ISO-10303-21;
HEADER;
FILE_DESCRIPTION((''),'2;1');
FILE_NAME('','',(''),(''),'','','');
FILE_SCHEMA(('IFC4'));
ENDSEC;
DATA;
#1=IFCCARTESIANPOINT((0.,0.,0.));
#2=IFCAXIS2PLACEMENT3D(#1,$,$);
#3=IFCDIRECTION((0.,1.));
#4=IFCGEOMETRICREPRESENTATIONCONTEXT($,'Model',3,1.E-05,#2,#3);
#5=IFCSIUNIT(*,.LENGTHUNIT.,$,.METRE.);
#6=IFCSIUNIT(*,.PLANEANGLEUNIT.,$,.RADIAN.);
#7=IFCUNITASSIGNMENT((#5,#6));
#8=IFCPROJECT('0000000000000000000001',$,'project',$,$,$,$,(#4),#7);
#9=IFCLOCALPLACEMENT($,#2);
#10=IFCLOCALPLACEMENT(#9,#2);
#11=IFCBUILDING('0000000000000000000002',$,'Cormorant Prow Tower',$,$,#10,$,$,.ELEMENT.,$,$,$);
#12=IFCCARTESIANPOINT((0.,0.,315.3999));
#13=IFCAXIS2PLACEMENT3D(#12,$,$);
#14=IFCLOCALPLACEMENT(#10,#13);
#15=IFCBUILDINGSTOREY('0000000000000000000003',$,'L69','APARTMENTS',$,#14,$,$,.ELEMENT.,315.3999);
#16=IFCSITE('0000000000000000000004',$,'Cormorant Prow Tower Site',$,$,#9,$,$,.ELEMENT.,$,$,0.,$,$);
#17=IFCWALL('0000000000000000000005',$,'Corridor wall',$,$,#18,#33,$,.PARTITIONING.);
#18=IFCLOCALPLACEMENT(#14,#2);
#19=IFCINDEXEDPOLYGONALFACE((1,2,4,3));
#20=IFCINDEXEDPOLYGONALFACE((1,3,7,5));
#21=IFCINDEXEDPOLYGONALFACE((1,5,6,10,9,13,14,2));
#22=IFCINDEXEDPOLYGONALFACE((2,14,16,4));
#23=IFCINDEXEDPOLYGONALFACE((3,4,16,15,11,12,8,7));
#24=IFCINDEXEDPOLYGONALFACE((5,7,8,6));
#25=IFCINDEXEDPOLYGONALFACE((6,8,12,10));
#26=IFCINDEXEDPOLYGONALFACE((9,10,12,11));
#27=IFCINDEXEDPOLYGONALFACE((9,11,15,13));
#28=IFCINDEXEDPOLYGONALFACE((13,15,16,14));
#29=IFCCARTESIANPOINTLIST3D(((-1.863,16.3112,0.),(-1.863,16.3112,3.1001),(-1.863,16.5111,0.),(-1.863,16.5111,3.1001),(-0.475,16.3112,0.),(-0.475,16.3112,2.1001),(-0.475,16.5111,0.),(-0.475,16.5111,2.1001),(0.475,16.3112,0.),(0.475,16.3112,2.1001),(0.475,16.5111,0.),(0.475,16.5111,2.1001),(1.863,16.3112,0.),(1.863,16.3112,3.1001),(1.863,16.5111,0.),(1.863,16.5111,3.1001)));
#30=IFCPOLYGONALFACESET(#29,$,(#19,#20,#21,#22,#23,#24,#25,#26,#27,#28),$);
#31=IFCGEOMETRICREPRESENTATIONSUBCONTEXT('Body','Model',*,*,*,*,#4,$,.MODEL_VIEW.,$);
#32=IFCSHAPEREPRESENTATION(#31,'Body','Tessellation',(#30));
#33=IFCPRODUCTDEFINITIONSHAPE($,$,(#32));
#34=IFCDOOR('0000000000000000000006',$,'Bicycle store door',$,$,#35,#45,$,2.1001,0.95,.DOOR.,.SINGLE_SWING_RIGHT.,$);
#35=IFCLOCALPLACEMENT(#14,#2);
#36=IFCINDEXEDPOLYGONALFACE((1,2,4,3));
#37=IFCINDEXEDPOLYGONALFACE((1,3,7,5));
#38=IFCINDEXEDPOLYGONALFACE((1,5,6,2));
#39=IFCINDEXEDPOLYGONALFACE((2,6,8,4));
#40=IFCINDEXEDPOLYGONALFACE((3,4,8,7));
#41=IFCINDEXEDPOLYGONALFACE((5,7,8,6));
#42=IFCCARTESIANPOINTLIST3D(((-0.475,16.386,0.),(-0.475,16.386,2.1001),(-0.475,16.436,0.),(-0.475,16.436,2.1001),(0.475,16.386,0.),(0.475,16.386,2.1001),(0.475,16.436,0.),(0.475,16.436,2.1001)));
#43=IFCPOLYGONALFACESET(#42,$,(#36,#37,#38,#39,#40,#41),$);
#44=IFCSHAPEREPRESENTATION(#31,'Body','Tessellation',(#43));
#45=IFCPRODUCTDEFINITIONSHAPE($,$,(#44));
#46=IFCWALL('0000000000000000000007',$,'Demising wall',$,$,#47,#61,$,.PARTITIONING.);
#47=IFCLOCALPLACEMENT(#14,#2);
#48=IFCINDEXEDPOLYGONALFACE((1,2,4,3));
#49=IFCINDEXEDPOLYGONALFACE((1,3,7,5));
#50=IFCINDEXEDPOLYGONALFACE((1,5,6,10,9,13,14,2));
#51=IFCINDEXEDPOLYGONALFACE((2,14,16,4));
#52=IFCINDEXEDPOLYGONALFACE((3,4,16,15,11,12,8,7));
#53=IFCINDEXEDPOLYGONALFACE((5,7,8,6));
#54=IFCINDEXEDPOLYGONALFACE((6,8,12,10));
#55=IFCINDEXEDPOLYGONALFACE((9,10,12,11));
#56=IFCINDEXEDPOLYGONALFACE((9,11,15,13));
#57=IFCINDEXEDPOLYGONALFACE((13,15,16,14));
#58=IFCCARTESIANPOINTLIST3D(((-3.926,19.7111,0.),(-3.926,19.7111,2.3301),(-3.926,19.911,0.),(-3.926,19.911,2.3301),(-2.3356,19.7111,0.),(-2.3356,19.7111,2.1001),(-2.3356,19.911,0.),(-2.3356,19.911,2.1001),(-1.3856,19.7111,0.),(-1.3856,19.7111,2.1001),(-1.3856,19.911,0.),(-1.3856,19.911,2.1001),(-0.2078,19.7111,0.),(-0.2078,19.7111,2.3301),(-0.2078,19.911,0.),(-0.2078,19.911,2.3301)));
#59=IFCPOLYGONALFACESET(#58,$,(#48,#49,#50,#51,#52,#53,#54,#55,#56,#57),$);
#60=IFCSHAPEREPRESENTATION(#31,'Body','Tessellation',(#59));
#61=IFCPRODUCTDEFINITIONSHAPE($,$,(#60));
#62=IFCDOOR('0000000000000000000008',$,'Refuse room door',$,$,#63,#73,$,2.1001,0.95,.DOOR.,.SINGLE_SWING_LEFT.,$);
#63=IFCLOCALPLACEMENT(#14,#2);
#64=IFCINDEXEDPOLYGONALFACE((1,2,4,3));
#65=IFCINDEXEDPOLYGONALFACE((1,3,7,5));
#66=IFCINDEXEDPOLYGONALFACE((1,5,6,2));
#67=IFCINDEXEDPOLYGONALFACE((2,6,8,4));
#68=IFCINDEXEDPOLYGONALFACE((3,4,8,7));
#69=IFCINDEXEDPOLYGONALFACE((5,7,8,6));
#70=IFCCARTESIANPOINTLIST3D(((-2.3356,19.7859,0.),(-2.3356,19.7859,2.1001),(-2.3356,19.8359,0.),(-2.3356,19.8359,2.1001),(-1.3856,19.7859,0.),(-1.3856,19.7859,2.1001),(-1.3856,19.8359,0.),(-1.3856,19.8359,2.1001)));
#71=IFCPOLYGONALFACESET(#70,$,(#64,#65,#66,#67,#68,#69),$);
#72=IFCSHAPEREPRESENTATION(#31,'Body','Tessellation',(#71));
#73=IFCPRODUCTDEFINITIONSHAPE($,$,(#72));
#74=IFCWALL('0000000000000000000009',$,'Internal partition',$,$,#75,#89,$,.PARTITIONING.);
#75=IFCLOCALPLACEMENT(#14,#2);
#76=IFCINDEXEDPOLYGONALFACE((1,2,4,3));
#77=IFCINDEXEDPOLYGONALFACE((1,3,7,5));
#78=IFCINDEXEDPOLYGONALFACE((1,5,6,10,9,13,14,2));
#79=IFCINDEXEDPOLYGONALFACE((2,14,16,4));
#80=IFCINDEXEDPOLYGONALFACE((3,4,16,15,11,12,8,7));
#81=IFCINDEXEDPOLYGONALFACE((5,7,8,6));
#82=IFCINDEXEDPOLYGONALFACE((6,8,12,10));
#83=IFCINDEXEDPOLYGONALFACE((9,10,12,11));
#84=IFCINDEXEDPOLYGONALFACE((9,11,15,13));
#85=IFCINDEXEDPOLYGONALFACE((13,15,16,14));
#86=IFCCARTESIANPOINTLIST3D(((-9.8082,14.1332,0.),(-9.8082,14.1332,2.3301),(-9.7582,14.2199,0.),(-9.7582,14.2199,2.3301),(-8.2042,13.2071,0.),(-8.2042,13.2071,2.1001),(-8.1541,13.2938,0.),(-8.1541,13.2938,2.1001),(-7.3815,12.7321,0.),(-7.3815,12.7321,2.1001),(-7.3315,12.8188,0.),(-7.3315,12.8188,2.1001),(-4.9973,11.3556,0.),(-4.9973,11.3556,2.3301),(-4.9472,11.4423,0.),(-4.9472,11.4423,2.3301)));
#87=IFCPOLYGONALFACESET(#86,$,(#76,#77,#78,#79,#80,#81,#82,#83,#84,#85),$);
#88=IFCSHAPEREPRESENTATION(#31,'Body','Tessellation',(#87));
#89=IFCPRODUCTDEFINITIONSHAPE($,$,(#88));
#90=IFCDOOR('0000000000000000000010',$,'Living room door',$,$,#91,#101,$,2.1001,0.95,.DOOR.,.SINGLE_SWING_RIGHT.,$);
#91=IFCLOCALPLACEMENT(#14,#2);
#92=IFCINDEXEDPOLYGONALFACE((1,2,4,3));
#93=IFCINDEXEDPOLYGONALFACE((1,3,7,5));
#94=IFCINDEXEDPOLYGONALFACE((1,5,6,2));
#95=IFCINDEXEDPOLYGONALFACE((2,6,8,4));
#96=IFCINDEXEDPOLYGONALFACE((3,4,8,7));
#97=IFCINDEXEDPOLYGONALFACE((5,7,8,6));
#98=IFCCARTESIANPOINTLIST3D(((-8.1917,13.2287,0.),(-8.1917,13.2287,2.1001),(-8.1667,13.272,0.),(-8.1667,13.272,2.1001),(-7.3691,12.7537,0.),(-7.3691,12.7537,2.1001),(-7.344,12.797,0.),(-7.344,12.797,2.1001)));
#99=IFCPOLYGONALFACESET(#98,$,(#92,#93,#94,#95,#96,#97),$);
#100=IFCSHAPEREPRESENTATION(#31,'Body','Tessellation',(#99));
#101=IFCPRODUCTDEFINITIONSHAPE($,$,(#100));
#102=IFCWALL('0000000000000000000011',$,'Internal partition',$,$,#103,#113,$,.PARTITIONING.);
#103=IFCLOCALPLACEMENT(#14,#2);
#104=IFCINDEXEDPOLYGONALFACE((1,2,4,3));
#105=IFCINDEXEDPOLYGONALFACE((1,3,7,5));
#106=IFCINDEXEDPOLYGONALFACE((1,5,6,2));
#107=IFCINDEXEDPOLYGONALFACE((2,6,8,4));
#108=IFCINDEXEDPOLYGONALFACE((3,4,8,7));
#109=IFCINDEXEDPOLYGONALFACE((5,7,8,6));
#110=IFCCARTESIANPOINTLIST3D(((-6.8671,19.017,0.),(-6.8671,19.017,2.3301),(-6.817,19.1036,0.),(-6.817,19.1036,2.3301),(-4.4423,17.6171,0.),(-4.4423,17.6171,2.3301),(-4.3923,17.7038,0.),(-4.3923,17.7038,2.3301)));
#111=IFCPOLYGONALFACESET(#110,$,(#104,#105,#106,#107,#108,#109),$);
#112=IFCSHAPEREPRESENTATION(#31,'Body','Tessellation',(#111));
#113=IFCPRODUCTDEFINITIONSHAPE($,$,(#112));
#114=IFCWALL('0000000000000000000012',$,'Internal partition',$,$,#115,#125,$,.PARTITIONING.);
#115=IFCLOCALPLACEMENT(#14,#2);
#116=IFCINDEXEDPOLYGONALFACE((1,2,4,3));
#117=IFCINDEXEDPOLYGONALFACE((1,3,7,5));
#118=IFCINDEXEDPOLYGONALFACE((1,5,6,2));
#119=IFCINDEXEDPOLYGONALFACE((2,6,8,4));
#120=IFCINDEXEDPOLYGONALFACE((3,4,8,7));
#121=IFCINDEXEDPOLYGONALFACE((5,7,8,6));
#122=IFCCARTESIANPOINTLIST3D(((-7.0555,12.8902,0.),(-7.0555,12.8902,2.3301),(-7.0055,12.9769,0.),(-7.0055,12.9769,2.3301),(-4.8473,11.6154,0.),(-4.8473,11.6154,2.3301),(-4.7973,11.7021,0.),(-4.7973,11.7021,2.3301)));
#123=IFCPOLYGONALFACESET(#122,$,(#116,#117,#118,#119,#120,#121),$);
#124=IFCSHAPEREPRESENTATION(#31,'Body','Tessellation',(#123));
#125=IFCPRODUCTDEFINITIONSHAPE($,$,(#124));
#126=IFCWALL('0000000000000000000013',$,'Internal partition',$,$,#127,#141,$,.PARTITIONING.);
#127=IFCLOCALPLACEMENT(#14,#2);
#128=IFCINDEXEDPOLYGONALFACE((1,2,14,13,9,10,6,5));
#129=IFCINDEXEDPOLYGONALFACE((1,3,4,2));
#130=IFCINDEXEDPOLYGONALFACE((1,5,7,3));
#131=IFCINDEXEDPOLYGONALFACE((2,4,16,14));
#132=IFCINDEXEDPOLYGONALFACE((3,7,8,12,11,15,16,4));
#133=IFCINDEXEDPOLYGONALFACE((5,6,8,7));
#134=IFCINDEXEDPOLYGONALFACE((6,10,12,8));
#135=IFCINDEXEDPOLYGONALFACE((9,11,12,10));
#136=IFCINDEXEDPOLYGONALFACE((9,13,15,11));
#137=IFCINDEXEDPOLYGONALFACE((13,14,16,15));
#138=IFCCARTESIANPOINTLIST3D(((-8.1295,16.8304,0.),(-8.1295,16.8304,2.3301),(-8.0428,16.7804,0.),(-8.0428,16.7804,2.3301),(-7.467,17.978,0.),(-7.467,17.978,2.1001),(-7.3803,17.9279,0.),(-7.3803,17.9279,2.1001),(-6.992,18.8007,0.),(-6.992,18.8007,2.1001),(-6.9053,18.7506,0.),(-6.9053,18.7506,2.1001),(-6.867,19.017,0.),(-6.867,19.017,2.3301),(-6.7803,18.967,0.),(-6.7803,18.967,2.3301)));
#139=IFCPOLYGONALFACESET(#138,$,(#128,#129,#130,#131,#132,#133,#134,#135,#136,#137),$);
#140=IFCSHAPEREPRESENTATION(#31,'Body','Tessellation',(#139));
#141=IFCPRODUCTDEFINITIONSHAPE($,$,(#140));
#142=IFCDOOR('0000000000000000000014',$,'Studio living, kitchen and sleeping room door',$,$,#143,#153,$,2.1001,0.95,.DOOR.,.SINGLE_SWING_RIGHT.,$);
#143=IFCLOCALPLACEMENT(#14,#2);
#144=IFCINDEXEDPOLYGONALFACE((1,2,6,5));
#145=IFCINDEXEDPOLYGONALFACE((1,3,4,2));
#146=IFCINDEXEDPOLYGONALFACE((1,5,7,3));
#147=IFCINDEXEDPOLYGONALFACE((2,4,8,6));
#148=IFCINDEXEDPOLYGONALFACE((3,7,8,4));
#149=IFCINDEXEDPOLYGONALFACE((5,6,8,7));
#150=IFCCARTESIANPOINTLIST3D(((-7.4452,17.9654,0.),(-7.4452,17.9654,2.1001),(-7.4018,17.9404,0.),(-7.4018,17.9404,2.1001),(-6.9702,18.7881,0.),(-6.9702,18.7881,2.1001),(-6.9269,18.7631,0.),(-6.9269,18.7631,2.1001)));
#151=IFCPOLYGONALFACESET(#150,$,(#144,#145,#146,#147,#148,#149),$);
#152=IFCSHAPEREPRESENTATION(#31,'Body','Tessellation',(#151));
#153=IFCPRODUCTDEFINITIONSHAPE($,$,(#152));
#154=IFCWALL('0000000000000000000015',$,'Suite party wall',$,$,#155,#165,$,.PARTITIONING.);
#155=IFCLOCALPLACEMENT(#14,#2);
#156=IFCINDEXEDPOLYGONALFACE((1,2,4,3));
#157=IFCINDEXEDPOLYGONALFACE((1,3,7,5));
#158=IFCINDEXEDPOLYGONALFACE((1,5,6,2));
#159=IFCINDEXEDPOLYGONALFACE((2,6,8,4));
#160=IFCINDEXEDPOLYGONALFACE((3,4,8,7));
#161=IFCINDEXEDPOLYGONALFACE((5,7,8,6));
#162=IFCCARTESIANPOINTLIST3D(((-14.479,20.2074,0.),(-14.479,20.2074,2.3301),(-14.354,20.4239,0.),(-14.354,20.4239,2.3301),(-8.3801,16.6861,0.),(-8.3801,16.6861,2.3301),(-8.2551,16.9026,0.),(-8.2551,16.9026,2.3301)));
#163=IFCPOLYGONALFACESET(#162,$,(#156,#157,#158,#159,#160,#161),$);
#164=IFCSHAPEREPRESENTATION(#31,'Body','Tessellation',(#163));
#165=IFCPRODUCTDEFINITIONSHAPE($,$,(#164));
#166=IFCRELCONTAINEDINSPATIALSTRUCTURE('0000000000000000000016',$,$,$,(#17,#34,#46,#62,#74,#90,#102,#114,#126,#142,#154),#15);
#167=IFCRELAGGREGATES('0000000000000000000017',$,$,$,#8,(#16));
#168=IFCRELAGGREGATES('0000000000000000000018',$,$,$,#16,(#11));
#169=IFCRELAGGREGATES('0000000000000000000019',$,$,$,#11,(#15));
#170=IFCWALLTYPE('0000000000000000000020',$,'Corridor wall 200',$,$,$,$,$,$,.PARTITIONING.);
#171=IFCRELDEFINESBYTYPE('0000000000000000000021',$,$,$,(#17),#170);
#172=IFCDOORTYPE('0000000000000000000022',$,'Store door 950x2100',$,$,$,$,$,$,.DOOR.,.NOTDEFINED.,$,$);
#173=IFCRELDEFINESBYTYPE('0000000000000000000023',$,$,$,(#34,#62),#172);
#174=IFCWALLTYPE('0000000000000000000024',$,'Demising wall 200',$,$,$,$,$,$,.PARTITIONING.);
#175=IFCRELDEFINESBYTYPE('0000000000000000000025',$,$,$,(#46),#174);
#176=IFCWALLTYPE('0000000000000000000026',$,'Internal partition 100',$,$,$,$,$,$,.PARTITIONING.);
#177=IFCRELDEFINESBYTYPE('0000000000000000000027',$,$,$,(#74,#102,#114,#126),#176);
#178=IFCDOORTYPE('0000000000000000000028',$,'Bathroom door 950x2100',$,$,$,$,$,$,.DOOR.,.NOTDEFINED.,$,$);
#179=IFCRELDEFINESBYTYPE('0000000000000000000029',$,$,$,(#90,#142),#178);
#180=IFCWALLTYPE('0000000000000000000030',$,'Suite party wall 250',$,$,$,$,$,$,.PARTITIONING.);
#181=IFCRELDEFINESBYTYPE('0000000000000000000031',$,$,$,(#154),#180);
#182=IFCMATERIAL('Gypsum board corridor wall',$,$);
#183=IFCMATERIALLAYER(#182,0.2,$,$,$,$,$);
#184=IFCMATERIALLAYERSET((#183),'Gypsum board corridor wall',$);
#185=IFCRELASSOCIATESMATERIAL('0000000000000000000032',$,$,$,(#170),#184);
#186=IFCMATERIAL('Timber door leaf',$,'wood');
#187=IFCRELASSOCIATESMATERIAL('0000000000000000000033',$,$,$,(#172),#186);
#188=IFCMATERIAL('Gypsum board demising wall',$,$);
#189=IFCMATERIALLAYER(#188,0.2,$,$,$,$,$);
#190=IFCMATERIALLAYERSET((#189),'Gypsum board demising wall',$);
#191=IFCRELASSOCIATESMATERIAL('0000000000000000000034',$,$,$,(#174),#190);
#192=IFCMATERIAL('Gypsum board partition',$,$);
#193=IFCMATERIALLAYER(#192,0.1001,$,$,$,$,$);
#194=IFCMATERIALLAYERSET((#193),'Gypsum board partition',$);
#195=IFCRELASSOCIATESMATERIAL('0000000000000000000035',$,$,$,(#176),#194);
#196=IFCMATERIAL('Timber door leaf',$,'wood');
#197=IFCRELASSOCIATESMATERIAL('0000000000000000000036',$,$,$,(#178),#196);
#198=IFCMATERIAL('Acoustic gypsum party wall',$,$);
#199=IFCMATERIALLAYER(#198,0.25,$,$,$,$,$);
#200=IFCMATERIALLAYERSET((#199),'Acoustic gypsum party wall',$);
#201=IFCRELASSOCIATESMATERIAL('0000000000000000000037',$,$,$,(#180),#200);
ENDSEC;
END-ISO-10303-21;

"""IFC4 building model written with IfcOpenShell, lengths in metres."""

from ifc_helpers import new_model, si_unit, direction, frame, frame_2d, origin, place, context, subcontext, project, spatial, rectangle, extrude, material, layer, layer_set, type_object, element, fill, save


model = new_model("IFC4")

# Units and contexts
model_context = context("Model", 3, precision=1e-05, world=origin(), true_north=direction((0.0, 1.0)))
body_context = subcontext(model_context, "Body", "Model", "MODEL_VIEW")
ifc_project = project(units=[si_unit("LENGTHUNIT", "METRE"), si_unit("PLANEANGLEUNIT", "RADIAN")], contexts=[model_context])

# Site, building, storey
site_placement = place(None, origin())
site = spatial("IfcSite", under=ifc_project, at=site_placement, Name="Cormorant Prow Tower Site", CompositionType="ELEMENT", RefElevation=0.0)
building_placement = place(site_placement, origin())
building = spatial("IfcBuilding", under=site, at=building_placement, Name="Cormorant Prow Tower", CompositionType="ELEMENT")
storey_placement = place(building_placement, frame((0.0, 0.0, 315.3999)))
storey = spatial("IfcBuildingStorey", under=building, at=storey_placement, Name="L69", Description="APARTMENTS", CompositionType="ELEMENT", Elevation=315.3999)

# Walls, openings, doors
ifc_material_1 = material(Name="Gypsum board corridor wall")
ifc_layer_1 = layer(ifc_material_1, 0.2)
ifc_layer_set_1 = layer_set([ifc_layer_1], Name="Gypsum board corridor wall")
wall_type_1 = type_object("IfcWallType", Name="Corridor wall 200", PredefinedType="PARTITIONING", material=ifc_layer_set_1)
wall_1_placement = place(storey_placement, frame((-1.863, 16.4111, 0.0), z_axis=(0.0, 0.0, 1.0), x_axis=(1.0, 0.0, 0.0)))
wall_1 = element("IfcWall", 1, at=wall_1_placement, inside=storey, type_object=wall_type_1, Name="Corridor wall", PredefinedType="PARTITIONING", context=body_context, shape_type="SweptSolid", body=[
    extrude(rectangle(XDim=3.7261, YDim=0.2, at=frame_2d((1.863, 0.0))), origin(), (0.0, 0.0, 1.0), 3.1001),
])
opening_1_placement = place(wall_1_placement, frame((1.3879, 0.0, 0.0)))
opening_1 = element("IfcOpeningElement", 2, at=opening_1_placement, cuts=wall_1, PredefinedType="OPENING", context=body_context, shape_type="SweptSolid", body=[
    extrude(rectangle(XDim=0.95, YDim=2.1001, at=frame_2d((0.4751, 1.05))), frame((0.0, 0.1099, 0.0), z_axis=(0.0, -1.0, 0.0), x_axis=(1.0, 0.0, 0.0)), (0.0, 0.0, 1.0), 0.22),
])
ifc_material_2 = material(Name="Timber door leaf", Category="wood")
door_type_1 = type_object("IfcDoorType", Name="Store door 950x2100", OperationType="NOTDEFINED", PredefinedType="DOOR", material=ifc_material_2)
door_1_placement = place(opening_1_placement, origin())
door_1 = element("IfcDoor", 3, at=door_1_placement, inside=storey, type_object=door_type_1, Name="Bicycle store door", OperationType="SINGLE_SWING_RIGHT", OverallHeight=2.1001, OverallWidth=0.95, PredefinedType="DOOR", context=body_context, shape_type="SweptSolid", body=[
    extrude(rectangle(XDim=0.95, YDim=2.1001, at=frame_2d((0.4751, 1.05))), frame((0.0, 0.0249, 0.0), z_axis=(0.0, -1.0, 0.0), x_axis=(1.0, 0.0, 0.0)), (0.0, 0.0, 1.0), 0.05),
])
fill(opening_1, door_1)
ifc_material_3 = material(Name="Gypsum board demising wall")
ifc_layer_2 = layer(ifc_material_3, 0.2)
ifc_layer_set_2 = layer_set([ifc_layer_2], Name="Gypsum board demising wall")
wall_type_2 = type_object("IfcWallType", Name="Demising wall 200", PredefinedType="PARTITIONING", material=ifc_layer_set_2)
wall_2_placement = place(storey_placement, frame((-3.926, 19.811, 0.0), z_axis=(0.0, 0.0, 1.0), x_axis=(1.0, 0.0, 0.0)))
wall_2 = element("IfcWall", 4, at=wall_2_placement, inside=storey, type_object=wall_type_2, Name="Demising wall", PredefinedType="PARTITIONING", context=body_context, shape_type="SweptSolid", body=[
    extrude(rectangle(XDim=3.7183, YDim=0.2, at=frame_2d((1.8591, 0.0))), origin(), (0.0, 0.0, 1.0), 2.3301),
])
opening_2_placement = place(wall_2_placement, frame((1.5903, 0.0, 0.0)))
opening_2 = element("IfcOpeningElement", 5, at=opening_2_placement, cuts=wall_2, PredefinedType="OPENING", context=body_context, shape_type="SweptSolid", body=[
    extrude(rectangle(XDim=0.95, YDim=2.1001, at=frame_2d((0.4751, 1.05))), frame((0.0, 0.1099, 0.0), z_axis=(0.0, -1.0, 0.0), x_axis=(1.0, 0.0, 0.0)), (0.0, 0.0, 1.0), 0.22),
])
door_2_placement = place(opening_2_placement, origin())
door_2 = element("IfcDoor", 6, at=door_2_placement, inside=storey, type_object=door_type_1, Name="Refuse room door", OperationType="SINGLE_SWING_LEFT", OverallHeight=2.1001, OverallWidth=0.95, PredefinedType="DOOR", context=body_context, shape_type="SweptSolid", body=[
    extrude(rectangle(XDim=0.95, YDim=2.1001, at=frame_2d((0.4751, 1.05))), frame((0.0, 0.0249, 0.0), z_axis=(0.0, -1.0, 0.0), x_axis=(1.0, 0.0, 0.0)), (0.0, 0.0, 1.0), 0.05),
])
fill(opening_2, door_2)
ifc_material_4 = material(Name="Gypsum board partition")
ifc_layer_3 = layer(ifc_material_4, 0.1001)
ifc_layer_set_3 = layer_set([ifc_layer_3], Name="Gypsum board partition")
wall_type_3 = type_object("IfcWallType", Name="Internal partition 100", PredefinedType="PARTITIONING", material=ifc_layer_set_3)
wall_3_placement = place(storey_placement, frame((-9.7832, 14.1765, 0.0), z_axis=(0.0, 0.0, 1.0), x_axis=(0.86603, -0.499991, 0.0)))
wall_3 = element("IfcWall", 7, at=wall_3_placement, inside=storey, type_object=wall_type_3, Name="Internal partition", PredefinedType="PARTITIONING", context=body_context, shape_type="SweptSolid", body=[
    extrude(rectangle(XDim=5.5552, YDim=0.1001, at=frame_2d((2.7776, 0.0))), origin(), (0.0, 0.0, 1.0), 2.3301),
])
opening_3_placement = place(wall_3_placement, frame((1.8521, 0.0, 0.0)))
opening_3 = element("IfcOpeningElement", 8, at=opening_3_placement, cuts=wall_3, PredefinedType="OPENING", context=body_context, shape_type="SweptSolid", body=[
    extrude(rectangle(XDim=0.95, YDim=2.1001, at=frame_2d((0.4751, 1.05))), frame((0.0, 0.0601, 0.0), z_axis=(0.0, -1.0, 0.0), x_axis=(1.0, 0.0, 0.0)), (0.0, 0.0, 1.0), 0.1201),
])
ifc_material_5 = material(Name="Timber door leaf", Category="wood")
door_type_2 = type_object("IfcDoorType", Name="Bathroom door 950x2100", OperationType="NOTDEFINED", PredefinedType="DOOR", material=ifc_material_5)
door_3_placement = place(opening_3_placement, origin())
door_3 = element("IfcDoor", 9, at=door_3_placement, inside=storey, type_object=door_type_2, Name="Living room door", OperationType="SINGLE_SWING_RIGHT", OverallHeight=2.1001, OverallWidth=0.95, PredefinedType="DOOR", context=body_context, shape_type="SweptSolid", body=[
    extrude(rectangle(XDim=0.95, YDim=2.1001, at=frame_2d((0.4751, 1.05))), frame((0.0, 0.0249, 0.0), z_axis=(0.0, -1.0, 0.0), x_axis=(1.0, 0.0, 0.0)), (0.0, 0.0, 1.0), 0.05),
])
fill(opening_3, door_3)

# Walls
wall_4_placement = place(storey_placement, frame((-6.842, 19.0603, 0.0), z_axis=(0.0, 0.0, 1.0), x_axis=(0.866035, -0.499984, 0.0)))
element("IfcWall", 10, at=wall_4_placement, inside=storey, type_object=wall_type_3, Name="Internal partition", PredefinedType="PARTITIONING", context=body_context, shape_type="SweptSolid", body=[
    extrude(rectangle(XDim=2.7998, YDim=0.1001, at=frame_2d((1.3999, 0.0))), origin(), (0.0, 0.0, 1.0), 2.3301),
])
wall_5_placement = place(storey_placement, frame((-7.0305, 12.9336, 0.0), z_axis=(0.0, 0.0, 1.0), x_axis=(0.866031, -0.49999, 0.0)))
element("IfcWall", 11, at=wall_5_placement, inside=storey, type_object=wall_type_3, Name="Internal partition", PredefinedType="PARTITIONING", context=body_context, shape_type="SweptSolid", body=[
    extrude(rectangle(XDim=2.5498, YDim=0.1001, at=frame_2d((1.2749, 0.0))), origin(), (0.0, 0.0, 1.0), 2.3301),
])

# Wall, opening, door
wall_6_placement = place(storey_placement, frame((-8.0862, 16.8054, 0.0), z_axis=(0.0, 0.0, 1.0), x_axis=(0.500018, 0.866015, 0.0)))
wall_6 = element("IfcWall", 12, at=wall_6_placement, inside=storey, type_object=wall_type_3, Name="Internal partition", PredefinedType="PARTITIONING", context=body_context, shape_type="SweptSolid", body=[
    extrude(rectangle(XDim=2.5249, YDim=0.1001, at=frame_2d((1.2625, 0.0))), origin(), (0.0, 0.0, 1.0), 2.3301),
])
opening_4_placement = place(wall_6_placement, frame((1.325, 0.0, 0.0)))
opening_4 = element("IfcOpeningElement", 13, at=opening_4_placement, cuts=wall_6, PredefinedType="OPENING", context=body_context, shape_type="SweptSolid", body=[
    extrude(rectangle(XDim=0.95, YDim=2.1001, at=frame_2d((0.4751, 1.05))), frame((0.0, 0.0601, 0.0), z_axis=(0.0, -1.0, 0.0), x_axis=(1.0, 0.0, 0.0)), (0.0, 0.0, 1.0), 0.1201),
])
door_4_placement = place(opening_4_placement, origin())
door_4 = element("IfcDoor", 14, at=door_4_placement, inside=storey, type_object=door_type_2, Name="Studio living, kitchen and sleeping room door", OperationType="SINGLE_SWING_RIGHT", OverallHeight=2.1001, OverallWidth=0.95, PredefinedType="DOOR", context=body_context, shape_type="SweptSolid", body=[
    extrude(rectangle(XDim=0.95, YDim=2.1001, at=frame_2d((0.4751, 1.05))), frame((0.0, 0.0249, 0.0), z_axis=(0.0, -1.0, 0.0), x_axis=(1.0, 0.0, 0.0)), (0.0, 0.0, 1.0), 0.05),
])
fill(opening_4, door_4)

# Wall
ifc_material_6 = material(Name="Acoustic gypsum party wall")
ifc_layer_4 = layer(ifc_material_6, 0.25)
ifc_layer_set_4 = layer_set([ifc_layer_4], Name="Acoustic gypsum party wall")
wall_type_4 = type_object("IfcWallType", Name="Suite party wall 250", PredefinedType="PARTITIONING", material=ifc_layer_set_4)
wall_7_placement = place(storey_placement, frame((-14.4165, 20.3157, 0.0), z_axis=(0.0, 0.0, 1.0), x_axis=(0.866022, -0.500006, 0.0)))
element("IfcWall", 15, at=wall_7_placement, inside=storey, type_object=wall_type_4, Name="Suite party wall", PredefinedType="PARTITIONING", context=body_context, shape_type="SweptSolid", body=[
    extrude(rectangle(XDim=7.0425, YDim=0.25, at=frame_2d((3.5212, 0.0))), origin(), (0.0, 0.0, 1.0), 2.3301),
])

save(model, "model.ifc")
